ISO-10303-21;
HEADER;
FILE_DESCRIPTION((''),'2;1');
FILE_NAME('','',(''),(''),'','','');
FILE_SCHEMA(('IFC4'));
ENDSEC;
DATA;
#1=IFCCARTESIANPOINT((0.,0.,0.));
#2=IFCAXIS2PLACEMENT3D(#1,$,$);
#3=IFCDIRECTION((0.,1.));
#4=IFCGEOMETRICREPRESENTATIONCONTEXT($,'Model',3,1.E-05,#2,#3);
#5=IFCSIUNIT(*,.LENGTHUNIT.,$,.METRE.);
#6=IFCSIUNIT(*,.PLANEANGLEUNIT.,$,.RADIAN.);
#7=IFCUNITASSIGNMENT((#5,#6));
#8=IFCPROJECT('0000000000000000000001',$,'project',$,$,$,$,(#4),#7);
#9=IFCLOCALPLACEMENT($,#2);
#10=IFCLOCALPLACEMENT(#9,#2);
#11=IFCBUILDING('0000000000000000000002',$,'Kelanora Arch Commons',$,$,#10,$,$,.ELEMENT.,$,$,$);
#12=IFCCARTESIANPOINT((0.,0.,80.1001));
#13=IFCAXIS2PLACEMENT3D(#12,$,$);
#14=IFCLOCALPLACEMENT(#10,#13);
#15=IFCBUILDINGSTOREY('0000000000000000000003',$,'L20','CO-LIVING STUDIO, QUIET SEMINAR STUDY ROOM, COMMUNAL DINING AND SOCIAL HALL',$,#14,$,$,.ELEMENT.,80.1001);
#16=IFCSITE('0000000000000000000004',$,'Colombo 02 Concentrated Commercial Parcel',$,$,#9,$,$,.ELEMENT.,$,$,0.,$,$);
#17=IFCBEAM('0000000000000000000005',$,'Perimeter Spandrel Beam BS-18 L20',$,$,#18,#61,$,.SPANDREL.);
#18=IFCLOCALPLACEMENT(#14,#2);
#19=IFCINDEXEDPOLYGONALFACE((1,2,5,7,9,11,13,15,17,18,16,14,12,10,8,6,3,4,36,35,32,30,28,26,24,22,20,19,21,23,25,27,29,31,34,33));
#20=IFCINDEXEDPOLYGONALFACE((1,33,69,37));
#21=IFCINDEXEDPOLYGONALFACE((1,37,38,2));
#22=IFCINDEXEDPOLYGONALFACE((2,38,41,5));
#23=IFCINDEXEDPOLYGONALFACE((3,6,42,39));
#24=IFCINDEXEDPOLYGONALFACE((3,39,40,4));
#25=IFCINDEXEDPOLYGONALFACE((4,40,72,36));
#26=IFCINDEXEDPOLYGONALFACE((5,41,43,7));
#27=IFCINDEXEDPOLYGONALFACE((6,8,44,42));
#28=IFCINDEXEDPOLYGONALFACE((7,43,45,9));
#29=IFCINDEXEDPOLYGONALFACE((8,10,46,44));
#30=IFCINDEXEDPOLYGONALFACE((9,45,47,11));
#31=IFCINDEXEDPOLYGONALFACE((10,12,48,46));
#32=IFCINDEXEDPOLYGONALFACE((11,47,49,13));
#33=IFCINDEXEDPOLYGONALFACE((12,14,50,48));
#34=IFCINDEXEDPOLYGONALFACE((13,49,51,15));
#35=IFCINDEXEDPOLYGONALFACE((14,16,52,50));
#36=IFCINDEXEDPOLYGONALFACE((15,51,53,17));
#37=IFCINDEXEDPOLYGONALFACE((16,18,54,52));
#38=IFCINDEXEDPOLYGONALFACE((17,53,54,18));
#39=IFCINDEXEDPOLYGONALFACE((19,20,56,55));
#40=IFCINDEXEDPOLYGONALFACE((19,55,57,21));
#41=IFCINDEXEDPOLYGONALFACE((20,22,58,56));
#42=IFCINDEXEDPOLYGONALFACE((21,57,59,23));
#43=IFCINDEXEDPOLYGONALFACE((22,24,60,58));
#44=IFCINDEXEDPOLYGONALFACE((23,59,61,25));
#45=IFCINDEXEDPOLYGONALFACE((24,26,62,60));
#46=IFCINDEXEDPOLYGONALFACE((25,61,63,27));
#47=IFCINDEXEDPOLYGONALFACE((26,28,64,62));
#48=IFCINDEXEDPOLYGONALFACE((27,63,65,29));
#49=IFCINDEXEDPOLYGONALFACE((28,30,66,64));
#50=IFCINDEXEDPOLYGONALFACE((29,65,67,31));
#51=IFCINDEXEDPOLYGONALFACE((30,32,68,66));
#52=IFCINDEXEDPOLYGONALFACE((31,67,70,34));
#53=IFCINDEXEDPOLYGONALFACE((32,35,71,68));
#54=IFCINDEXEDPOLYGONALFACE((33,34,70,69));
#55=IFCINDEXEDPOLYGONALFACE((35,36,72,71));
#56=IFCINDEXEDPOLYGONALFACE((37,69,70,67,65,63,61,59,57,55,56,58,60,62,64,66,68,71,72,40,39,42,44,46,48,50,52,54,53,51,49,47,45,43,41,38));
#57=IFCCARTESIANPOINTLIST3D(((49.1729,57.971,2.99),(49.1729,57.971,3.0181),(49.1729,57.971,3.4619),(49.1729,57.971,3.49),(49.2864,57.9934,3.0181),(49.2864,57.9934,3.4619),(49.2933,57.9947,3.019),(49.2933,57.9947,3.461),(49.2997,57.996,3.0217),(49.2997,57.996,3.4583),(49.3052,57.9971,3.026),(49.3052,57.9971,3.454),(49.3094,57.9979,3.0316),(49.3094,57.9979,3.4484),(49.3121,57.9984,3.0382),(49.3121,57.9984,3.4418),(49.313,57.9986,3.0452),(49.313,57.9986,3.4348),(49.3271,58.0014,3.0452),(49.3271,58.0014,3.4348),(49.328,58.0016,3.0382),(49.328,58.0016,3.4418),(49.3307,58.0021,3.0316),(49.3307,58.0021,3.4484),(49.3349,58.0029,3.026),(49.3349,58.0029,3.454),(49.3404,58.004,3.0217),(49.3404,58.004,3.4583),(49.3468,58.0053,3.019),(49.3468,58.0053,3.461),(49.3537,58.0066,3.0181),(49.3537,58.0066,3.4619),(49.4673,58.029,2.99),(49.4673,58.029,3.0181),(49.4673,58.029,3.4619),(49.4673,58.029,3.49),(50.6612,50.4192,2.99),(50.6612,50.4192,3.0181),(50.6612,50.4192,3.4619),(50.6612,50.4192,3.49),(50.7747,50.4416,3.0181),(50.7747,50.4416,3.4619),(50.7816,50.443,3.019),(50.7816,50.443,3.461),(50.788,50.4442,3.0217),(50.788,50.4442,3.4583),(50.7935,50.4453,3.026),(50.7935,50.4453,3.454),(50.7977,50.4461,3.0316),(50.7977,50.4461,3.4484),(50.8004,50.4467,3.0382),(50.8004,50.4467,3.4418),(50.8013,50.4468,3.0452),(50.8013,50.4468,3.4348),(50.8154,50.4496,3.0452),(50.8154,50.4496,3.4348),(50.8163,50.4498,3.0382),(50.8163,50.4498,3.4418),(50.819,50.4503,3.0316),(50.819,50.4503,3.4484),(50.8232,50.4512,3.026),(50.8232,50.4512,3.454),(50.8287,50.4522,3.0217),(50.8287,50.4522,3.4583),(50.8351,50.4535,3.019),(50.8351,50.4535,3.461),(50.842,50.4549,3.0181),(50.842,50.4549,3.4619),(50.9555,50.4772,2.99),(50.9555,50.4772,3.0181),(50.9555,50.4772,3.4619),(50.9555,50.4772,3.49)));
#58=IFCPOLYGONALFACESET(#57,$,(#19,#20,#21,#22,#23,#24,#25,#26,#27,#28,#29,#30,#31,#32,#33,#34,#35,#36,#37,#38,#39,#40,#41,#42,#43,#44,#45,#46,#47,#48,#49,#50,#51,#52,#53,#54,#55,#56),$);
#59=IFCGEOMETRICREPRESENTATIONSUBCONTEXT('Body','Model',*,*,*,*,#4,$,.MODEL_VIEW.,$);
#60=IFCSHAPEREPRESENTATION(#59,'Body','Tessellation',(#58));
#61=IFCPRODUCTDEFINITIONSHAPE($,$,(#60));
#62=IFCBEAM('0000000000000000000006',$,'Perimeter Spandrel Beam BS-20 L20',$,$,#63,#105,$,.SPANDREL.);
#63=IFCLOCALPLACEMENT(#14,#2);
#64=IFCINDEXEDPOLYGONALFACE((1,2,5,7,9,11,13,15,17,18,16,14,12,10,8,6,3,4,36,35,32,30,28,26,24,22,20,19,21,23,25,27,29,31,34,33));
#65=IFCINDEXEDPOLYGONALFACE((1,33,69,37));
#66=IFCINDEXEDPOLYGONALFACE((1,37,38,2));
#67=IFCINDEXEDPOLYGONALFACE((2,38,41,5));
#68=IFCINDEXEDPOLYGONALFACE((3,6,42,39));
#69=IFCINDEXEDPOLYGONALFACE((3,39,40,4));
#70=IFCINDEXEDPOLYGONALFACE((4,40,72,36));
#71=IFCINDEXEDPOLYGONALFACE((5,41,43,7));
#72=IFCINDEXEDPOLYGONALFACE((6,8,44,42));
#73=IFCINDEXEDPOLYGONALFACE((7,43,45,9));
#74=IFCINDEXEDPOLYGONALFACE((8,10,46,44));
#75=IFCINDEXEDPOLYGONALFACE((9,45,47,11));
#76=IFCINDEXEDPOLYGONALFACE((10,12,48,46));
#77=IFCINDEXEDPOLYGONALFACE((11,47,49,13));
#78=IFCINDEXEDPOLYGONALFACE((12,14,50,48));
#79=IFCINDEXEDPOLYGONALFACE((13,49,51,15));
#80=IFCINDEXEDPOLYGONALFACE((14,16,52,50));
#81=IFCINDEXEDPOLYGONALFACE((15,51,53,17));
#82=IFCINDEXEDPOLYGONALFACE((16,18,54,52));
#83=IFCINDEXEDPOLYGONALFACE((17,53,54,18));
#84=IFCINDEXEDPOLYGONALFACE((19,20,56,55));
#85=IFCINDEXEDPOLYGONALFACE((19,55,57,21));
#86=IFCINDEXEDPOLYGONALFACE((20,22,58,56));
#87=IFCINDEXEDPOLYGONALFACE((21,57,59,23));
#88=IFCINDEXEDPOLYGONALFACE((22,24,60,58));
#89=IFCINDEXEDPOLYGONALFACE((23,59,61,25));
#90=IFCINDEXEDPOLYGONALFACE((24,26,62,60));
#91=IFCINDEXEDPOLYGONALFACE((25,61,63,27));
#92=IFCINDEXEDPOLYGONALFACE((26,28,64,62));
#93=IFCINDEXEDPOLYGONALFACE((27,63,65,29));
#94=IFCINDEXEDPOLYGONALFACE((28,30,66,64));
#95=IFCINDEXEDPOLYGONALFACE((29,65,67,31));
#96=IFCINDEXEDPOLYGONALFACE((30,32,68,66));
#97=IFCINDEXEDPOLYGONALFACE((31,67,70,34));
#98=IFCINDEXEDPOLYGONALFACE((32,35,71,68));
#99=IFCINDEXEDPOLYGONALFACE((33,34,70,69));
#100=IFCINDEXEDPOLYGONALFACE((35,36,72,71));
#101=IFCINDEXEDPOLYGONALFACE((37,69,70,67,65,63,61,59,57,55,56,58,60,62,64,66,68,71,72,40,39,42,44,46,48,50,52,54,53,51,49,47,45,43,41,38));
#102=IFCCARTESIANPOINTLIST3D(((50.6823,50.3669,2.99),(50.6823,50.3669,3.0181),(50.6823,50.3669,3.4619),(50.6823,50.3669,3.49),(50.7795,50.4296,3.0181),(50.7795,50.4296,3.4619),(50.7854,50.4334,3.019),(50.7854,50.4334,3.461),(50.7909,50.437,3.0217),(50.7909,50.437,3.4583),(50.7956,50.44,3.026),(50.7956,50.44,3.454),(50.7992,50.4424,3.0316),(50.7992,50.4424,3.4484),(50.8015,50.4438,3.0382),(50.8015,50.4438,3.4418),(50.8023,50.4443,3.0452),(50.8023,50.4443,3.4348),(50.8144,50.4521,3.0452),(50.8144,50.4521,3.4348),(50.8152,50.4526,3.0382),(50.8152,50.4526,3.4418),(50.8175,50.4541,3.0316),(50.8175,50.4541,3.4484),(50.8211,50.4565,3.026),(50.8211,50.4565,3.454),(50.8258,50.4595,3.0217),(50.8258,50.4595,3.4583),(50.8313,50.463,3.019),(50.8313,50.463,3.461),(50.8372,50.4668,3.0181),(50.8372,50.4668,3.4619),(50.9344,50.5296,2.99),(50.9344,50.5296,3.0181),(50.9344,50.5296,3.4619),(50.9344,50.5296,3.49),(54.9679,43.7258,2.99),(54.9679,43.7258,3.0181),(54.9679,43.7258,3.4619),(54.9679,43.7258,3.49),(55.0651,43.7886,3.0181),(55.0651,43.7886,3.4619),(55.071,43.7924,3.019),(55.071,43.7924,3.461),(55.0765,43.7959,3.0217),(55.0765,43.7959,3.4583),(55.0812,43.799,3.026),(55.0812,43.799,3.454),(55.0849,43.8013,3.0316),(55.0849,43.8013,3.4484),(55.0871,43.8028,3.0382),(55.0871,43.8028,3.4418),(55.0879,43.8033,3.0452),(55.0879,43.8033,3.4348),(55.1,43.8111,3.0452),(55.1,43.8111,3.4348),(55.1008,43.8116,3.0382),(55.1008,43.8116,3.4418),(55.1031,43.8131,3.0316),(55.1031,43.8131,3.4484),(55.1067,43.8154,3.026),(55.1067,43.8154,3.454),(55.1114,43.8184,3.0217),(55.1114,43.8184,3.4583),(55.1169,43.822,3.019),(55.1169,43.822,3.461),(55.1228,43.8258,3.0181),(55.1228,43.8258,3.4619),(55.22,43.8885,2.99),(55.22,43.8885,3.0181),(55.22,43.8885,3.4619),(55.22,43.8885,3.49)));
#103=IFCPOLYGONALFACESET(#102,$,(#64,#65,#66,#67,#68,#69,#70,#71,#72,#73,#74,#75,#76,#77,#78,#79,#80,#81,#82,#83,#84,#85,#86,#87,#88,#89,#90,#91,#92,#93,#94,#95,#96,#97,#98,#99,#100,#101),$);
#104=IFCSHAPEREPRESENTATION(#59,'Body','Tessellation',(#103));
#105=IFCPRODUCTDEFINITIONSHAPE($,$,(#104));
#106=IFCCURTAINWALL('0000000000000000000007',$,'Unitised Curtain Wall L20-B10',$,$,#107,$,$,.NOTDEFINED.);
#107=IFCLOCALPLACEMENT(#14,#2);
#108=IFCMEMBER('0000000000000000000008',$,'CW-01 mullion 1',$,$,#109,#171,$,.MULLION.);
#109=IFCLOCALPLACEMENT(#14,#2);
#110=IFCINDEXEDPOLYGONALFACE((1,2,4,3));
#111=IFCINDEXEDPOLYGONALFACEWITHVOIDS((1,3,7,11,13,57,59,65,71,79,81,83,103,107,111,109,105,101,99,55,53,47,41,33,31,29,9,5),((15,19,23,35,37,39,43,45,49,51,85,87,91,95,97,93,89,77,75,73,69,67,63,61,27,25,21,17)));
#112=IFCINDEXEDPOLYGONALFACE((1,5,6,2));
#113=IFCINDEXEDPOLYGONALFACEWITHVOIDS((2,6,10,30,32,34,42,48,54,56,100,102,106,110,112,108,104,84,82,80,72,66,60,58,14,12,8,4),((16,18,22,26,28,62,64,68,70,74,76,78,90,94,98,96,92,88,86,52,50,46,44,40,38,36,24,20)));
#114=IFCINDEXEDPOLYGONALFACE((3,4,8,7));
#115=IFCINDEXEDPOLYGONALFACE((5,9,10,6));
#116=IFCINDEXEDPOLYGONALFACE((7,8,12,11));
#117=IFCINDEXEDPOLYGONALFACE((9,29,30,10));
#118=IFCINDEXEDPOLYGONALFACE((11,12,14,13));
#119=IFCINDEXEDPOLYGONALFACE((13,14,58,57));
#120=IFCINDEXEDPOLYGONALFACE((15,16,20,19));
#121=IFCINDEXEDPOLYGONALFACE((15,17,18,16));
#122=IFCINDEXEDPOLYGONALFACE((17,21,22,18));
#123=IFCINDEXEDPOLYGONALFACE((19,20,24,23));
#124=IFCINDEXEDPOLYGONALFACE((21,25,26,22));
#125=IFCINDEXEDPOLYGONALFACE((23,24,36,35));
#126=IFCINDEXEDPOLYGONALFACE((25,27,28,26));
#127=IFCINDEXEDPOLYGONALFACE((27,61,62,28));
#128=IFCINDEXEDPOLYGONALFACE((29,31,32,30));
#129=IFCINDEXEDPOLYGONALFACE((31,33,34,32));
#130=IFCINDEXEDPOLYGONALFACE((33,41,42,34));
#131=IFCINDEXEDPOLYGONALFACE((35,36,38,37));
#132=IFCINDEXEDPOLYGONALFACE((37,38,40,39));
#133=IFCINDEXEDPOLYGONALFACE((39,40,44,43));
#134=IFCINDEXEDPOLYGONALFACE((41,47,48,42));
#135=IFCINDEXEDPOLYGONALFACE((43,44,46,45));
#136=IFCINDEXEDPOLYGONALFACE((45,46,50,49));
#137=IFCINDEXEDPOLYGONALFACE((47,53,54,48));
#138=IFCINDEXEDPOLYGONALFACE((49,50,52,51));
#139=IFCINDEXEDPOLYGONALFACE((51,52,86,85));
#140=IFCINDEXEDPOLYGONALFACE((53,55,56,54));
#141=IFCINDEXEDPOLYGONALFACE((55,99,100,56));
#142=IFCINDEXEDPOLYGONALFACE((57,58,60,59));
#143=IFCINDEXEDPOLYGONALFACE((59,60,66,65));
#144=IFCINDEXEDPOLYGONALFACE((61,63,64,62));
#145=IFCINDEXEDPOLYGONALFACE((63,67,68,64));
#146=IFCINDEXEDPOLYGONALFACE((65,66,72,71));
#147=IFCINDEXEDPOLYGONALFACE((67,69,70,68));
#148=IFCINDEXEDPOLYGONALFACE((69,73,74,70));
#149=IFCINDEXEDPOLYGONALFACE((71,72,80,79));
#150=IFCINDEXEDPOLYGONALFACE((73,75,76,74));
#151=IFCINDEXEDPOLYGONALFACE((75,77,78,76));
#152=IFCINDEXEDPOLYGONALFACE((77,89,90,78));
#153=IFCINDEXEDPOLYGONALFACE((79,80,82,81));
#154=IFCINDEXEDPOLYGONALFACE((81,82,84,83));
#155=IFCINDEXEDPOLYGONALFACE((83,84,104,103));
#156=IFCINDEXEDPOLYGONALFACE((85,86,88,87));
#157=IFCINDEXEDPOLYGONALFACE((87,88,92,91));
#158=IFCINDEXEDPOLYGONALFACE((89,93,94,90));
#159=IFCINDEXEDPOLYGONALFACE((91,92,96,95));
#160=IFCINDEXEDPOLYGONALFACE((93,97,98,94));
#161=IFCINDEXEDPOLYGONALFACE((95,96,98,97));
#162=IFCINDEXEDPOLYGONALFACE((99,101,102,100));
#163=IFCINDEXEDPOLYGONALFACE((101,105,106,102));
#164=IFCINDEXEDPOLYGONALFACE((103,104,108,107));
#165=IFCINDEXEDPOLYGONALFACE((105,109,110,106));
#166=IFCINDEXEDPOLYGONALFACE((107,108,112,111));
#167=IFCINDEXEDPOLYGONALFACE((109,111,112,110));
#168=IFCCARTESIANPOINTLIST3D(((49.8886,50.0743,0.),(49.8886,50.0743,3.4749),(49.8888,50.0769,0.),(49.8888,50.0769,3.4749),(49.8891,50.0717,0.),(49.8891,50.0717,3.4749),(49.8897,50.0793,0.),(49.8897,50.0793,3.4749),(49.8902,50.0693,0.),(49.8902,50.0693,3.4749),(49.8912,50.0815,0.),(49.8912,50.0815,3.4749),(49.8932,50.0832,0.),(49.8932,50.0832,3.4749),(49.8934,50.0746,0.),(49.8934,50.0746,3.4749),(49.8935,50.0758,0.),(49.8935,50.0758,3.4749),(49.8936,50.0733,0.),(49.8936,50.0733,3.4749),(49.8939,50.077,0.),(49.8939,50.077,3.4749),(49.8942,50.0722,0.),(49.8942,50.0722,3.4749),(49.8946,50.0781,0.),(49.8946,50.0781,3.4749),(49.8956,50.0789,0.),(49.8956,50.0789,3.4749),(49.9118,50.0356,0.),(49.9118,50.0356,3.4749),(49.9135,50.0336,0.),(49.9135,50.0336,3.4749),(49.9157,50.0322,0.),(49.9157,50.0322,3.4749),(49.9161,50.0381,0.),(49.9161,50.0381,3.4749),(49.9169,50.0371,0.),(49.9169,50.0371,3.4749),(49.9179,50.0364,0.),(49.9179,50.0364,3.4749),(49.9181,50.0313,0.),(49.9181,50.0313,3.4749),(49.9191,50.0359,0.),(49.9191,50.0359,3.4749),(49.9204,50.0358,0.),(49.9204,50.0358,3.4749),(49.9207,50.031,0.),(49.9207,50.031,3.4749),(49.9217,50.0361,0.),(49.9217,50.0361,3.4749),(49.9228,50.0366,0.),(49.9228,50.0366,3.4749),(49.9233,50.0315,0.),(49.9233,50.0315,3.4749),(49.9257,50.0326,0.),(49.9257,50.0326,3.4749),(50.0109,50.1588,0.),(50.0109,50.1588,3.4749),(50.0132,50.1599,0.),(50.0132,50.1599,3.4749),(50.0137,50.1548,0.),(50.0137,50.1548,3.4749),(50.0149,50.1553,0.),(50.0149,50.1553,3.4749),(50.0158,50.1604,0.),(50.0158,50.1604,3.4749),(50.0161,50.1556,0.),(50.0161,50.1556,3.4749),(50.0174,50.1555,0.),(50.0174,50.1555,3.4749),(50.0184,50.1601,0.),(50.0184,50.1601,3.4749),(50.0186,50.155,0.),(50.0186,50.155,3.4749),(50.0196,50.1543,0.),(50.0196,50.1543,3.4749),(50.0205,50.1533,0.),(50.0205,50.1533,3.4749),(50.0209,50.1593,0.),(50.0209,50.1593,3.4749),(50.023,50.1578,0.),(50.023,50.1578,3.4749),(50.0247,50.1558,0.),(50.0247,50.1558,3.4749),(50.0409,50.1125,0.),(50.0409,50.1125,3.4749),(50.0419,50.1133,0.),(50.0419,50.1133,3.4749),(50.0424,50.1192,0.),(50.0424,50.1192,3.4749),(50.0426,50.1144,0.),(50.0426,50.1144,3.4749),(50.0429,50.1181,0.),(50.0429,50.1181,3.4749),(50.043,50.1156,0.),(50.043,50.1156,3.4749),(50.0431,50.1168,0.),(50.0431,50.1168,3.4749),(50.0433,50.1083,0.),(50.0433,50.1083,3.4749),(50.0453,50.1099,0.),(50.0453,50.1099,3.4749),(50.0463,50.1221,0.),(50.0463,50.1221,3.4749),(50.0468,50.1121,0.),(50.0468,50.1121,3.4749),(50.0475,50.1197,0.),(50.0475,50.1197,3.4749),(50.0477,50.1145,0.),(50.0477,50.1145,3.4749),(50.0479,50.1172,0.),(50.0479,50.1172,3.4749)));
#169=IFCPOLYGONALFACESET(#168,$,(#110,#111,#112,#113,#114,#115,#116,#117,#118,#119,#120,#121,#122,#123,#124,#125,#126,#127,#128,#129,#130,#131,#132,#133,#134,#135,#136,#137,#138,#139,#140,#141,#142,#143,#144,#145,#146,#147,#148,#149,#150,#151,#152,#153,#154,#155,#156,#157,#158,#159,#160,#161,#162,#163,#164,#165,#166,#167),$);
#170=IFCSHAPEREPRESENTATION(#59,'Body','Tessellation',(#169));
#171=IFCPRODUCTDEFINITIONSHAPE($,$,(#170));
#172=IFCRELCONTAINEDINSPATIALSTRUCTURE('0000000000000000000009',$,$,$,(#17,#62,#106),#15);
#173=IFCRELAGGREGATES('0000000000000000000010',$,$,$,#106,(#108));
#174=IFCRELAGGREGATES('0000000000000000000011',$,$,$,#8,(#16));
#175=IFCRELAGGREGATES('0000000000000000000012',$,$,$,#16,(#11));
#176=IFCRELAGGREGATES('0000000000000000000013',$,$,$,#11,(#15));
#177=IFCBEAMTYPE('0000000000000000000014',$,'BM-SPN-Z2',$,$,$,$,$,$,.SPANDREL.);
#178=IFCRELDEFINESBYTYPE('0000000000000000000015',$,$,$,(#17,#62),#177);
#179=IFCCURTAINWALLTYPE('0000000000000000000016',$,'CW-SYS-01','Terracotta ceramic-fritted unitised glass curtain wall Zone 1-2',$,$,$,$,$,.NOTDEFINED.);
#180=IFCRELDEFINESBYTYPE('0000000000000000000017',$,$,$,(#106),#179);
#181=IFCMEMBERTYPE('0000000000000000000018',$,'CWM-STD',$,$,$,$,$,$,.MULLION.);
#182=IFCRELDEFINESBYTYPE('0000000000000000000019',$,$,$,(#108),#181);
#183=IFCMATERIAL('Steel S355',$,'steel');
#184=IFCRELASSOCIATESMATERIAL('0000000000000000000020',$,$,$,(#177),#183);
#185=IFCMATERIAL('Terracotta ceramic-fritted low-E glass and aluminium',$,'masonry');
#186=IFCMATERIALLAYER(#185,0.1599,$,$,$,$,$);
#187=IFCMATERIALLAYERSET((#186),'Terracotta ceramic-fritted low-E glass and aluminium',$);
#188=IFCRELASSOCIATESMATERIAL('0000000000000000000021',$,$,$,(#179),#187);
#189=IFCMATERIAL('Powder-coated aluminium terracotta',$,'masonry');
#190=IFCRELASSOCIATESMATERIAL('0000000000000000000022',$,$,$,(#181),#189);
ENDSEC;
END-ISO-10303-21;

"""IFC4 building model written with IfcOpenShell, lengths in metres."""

from ifc_helpers import new_model, si_unit, direction, frame, origin, origin_2d, place, context, subcontext, project, spatial, hollow_rectangle, i_section, extrude, material, layer, layer_set, material_profile, profile_set, type_object, element, aggregate, save


model = new_model("IFC4")

# Units and contexts
model_context = context("Model", 3, precision=1e-05, world=origin(), true_north=direction((0.0, 1.0)))
body_context = subcontext(model_context, "Body", "Model", "MODEL_VIEW")
ifc_project = project(units=[si_unit("LENGTHUNIT", "METRE"), si_unit("PLANEANGLEUNIT", "RADIAN")], contexts=[model_context])

# Site, building, storey
site_placement = place(None, origin())
site = spatial("IfcSite", under=ifc_project, at=site_placement, Name="Colombo 02 Concentrated Commercial Parcel", CompositionType="ELEMENT", RefElevation=0.0)
building_placement = place(site_placement, origin())
building = spatial("IfcBuilding", under=site, at=building_placement, Name="Kelanora Arch Commons", CompositionType="ELEMENT")
storey_placement = place(building_placement, frame((0.0, 0.0, 80.1001)))
storey = spatial("IfcBuildingStorey", under=building, at=storey_placement, Name="L20", Description="CO-LIVING STUDIO, QUIET SEMINAR STUDY ROOM, COMMUNAL DINING AND SOCIAL HALL", CompositionType="ELEMENT", Elevation=80.1001)

# Beams
ifc_material_1 = material(Name="Steel S355", Category="steel")
ifc_material_profile_1 = material_profile(ifc_material_1, i_section(OverallWidth=0.3, OverallDepth=0.5, WebThickness=0.0144, FlangeThickness=0.0281, FilletRadius=0.0271, at=origin_2d()), Name="HEB500")
ifc_profile_set_1 = profile_set([ifc_material_profile_1], Name="Steel S355")
beam_type_1 = type_object("IfcBeamType", Name="BM-SPN-Z2", PredefinedType="SPANDREL", material=ifc_profile_set_1)
beam_1_placement = place(storey_placement, frame((49.3201, 58.0, 3.24), z_axis=(0.193358, -0.981128, 0.0), x_axis=(0.981128, 0.193358, 0.0)))
element("IfcBeam", 1, at=beam_1_placement, inside=storey, type_object=beam_type_1, Name="Perimeter Spandrel Beam BS-18 L20", PredefinedType="SPANDREL", context=body_context, shape_type="SweptSolid", body=[
    extrude(i_section(OverallWidth=0.3, OverallDepth=0.5, WebThickness=0.0144, FlangeThickness=0.0281, FilletRadius=0.0271, at=origin_2d()), origin(), (0.0, 0.0, 1.0), 7.697),
])
beam_2_placement = place(storey_placement, frame((50.8083, 50.4482, 3.24), z_axis=(0.542221, -0.840236, 0.0), x_axis=(0.840236, 0.542221, 0.0)))
element("IfcBeam", 2, at=beam_2_placement, inside=storey, type_object=beam_type_1, Name="Perimeter Spandrel Beam BS-20 L20", PredefinedType="SPANDREL", context=body_context, shape_type="SweptSolid", body=[
    extrude(i_section(OverallWidth=0.3, OverallDepth=0.5, WebThickness=0.0144, FlangeThickness=0.0281, FilletRadius=0.0271, at=origin_2d()), origin(), (0.0, 0.0, 1.0), 7.9038),
])

# Curtain wall, member
ifc_material_2 = material(Name="Terracotta ceramic-fritted low-E glass and aluminium", Category="masonry")
ifc_layer_1 = layer(ifc_material_2, 0.1599)
ifc_layer_set_1 = layer_set([ifc_layer_1], Name="Terracotta ceramic-fritted low-E glass and aluminium")
curtain_wall_type = type_object("IfcCurtainWallType", Name="CW-SYS-01", Description="Terracotta ceramic-fritted unitised glass curtain wall Zone 1-2", PredefinedType="NOTDEFINED", material=ifc_layer_set_1)
curtain_wall_placement = place(storey_placement, origin())
curtain_wall = element("IfcCurtainWall", 3, at=curtain_wall_placement, inside=storey, type_object=curtain_wall_type, Name="Unitised Curtain Wall L20-B10", PredefinedType="NOTDEFINED")
ifc_material_3 = material(Name="Powder-coated aluminium terracotta", Category="masonry")
ifc_material_profile_2 = material_profile(ifc_material_3, hollow_rectangle(XDim=0.1599, YDim=0.0601, WallThickness=0.0049, InnerFilletRadius=0.0049, OuterFilletRadius=0.01, at=origin_2d()), Name="CWM160x60")
ifc_profile_set_2 = profile_set([ifc_material_profile_2], Name="Powder-coated aluminium terracotta")
member_type_1 = type_object("IfcMemberType", Name="CWM-STD", PredefinedType="MULLION", material=ifc_profile_set_2)
member_1_placement = place(storey_placement, frame((49.9683, 50.0957, 0.0), z_axis=(0.0, 0.0, 1.0), x_axis=(0.841269, 0.540617, 0.0)))
member_1 = element("IfcMember", 4, at=member_1_placement, type_object=member_type_1, Name="CW-01 mullion 1", PredefinedType="MULLION", context=body_context, shape_type="SweptSolid", body=[
    extrude(hollow_rectangle(XDim=0.1599, YDim=0.0601, WallThickness=0.0049, InnerFilletRadius=0.0049, OuterFilletRadius=0.01, at=origin_2d()), origin(), (0.0, 0.0, 1.0), 3.4749),
])

aggregate(curtain_wall, [member_1])

save(model, "model.ifc")
